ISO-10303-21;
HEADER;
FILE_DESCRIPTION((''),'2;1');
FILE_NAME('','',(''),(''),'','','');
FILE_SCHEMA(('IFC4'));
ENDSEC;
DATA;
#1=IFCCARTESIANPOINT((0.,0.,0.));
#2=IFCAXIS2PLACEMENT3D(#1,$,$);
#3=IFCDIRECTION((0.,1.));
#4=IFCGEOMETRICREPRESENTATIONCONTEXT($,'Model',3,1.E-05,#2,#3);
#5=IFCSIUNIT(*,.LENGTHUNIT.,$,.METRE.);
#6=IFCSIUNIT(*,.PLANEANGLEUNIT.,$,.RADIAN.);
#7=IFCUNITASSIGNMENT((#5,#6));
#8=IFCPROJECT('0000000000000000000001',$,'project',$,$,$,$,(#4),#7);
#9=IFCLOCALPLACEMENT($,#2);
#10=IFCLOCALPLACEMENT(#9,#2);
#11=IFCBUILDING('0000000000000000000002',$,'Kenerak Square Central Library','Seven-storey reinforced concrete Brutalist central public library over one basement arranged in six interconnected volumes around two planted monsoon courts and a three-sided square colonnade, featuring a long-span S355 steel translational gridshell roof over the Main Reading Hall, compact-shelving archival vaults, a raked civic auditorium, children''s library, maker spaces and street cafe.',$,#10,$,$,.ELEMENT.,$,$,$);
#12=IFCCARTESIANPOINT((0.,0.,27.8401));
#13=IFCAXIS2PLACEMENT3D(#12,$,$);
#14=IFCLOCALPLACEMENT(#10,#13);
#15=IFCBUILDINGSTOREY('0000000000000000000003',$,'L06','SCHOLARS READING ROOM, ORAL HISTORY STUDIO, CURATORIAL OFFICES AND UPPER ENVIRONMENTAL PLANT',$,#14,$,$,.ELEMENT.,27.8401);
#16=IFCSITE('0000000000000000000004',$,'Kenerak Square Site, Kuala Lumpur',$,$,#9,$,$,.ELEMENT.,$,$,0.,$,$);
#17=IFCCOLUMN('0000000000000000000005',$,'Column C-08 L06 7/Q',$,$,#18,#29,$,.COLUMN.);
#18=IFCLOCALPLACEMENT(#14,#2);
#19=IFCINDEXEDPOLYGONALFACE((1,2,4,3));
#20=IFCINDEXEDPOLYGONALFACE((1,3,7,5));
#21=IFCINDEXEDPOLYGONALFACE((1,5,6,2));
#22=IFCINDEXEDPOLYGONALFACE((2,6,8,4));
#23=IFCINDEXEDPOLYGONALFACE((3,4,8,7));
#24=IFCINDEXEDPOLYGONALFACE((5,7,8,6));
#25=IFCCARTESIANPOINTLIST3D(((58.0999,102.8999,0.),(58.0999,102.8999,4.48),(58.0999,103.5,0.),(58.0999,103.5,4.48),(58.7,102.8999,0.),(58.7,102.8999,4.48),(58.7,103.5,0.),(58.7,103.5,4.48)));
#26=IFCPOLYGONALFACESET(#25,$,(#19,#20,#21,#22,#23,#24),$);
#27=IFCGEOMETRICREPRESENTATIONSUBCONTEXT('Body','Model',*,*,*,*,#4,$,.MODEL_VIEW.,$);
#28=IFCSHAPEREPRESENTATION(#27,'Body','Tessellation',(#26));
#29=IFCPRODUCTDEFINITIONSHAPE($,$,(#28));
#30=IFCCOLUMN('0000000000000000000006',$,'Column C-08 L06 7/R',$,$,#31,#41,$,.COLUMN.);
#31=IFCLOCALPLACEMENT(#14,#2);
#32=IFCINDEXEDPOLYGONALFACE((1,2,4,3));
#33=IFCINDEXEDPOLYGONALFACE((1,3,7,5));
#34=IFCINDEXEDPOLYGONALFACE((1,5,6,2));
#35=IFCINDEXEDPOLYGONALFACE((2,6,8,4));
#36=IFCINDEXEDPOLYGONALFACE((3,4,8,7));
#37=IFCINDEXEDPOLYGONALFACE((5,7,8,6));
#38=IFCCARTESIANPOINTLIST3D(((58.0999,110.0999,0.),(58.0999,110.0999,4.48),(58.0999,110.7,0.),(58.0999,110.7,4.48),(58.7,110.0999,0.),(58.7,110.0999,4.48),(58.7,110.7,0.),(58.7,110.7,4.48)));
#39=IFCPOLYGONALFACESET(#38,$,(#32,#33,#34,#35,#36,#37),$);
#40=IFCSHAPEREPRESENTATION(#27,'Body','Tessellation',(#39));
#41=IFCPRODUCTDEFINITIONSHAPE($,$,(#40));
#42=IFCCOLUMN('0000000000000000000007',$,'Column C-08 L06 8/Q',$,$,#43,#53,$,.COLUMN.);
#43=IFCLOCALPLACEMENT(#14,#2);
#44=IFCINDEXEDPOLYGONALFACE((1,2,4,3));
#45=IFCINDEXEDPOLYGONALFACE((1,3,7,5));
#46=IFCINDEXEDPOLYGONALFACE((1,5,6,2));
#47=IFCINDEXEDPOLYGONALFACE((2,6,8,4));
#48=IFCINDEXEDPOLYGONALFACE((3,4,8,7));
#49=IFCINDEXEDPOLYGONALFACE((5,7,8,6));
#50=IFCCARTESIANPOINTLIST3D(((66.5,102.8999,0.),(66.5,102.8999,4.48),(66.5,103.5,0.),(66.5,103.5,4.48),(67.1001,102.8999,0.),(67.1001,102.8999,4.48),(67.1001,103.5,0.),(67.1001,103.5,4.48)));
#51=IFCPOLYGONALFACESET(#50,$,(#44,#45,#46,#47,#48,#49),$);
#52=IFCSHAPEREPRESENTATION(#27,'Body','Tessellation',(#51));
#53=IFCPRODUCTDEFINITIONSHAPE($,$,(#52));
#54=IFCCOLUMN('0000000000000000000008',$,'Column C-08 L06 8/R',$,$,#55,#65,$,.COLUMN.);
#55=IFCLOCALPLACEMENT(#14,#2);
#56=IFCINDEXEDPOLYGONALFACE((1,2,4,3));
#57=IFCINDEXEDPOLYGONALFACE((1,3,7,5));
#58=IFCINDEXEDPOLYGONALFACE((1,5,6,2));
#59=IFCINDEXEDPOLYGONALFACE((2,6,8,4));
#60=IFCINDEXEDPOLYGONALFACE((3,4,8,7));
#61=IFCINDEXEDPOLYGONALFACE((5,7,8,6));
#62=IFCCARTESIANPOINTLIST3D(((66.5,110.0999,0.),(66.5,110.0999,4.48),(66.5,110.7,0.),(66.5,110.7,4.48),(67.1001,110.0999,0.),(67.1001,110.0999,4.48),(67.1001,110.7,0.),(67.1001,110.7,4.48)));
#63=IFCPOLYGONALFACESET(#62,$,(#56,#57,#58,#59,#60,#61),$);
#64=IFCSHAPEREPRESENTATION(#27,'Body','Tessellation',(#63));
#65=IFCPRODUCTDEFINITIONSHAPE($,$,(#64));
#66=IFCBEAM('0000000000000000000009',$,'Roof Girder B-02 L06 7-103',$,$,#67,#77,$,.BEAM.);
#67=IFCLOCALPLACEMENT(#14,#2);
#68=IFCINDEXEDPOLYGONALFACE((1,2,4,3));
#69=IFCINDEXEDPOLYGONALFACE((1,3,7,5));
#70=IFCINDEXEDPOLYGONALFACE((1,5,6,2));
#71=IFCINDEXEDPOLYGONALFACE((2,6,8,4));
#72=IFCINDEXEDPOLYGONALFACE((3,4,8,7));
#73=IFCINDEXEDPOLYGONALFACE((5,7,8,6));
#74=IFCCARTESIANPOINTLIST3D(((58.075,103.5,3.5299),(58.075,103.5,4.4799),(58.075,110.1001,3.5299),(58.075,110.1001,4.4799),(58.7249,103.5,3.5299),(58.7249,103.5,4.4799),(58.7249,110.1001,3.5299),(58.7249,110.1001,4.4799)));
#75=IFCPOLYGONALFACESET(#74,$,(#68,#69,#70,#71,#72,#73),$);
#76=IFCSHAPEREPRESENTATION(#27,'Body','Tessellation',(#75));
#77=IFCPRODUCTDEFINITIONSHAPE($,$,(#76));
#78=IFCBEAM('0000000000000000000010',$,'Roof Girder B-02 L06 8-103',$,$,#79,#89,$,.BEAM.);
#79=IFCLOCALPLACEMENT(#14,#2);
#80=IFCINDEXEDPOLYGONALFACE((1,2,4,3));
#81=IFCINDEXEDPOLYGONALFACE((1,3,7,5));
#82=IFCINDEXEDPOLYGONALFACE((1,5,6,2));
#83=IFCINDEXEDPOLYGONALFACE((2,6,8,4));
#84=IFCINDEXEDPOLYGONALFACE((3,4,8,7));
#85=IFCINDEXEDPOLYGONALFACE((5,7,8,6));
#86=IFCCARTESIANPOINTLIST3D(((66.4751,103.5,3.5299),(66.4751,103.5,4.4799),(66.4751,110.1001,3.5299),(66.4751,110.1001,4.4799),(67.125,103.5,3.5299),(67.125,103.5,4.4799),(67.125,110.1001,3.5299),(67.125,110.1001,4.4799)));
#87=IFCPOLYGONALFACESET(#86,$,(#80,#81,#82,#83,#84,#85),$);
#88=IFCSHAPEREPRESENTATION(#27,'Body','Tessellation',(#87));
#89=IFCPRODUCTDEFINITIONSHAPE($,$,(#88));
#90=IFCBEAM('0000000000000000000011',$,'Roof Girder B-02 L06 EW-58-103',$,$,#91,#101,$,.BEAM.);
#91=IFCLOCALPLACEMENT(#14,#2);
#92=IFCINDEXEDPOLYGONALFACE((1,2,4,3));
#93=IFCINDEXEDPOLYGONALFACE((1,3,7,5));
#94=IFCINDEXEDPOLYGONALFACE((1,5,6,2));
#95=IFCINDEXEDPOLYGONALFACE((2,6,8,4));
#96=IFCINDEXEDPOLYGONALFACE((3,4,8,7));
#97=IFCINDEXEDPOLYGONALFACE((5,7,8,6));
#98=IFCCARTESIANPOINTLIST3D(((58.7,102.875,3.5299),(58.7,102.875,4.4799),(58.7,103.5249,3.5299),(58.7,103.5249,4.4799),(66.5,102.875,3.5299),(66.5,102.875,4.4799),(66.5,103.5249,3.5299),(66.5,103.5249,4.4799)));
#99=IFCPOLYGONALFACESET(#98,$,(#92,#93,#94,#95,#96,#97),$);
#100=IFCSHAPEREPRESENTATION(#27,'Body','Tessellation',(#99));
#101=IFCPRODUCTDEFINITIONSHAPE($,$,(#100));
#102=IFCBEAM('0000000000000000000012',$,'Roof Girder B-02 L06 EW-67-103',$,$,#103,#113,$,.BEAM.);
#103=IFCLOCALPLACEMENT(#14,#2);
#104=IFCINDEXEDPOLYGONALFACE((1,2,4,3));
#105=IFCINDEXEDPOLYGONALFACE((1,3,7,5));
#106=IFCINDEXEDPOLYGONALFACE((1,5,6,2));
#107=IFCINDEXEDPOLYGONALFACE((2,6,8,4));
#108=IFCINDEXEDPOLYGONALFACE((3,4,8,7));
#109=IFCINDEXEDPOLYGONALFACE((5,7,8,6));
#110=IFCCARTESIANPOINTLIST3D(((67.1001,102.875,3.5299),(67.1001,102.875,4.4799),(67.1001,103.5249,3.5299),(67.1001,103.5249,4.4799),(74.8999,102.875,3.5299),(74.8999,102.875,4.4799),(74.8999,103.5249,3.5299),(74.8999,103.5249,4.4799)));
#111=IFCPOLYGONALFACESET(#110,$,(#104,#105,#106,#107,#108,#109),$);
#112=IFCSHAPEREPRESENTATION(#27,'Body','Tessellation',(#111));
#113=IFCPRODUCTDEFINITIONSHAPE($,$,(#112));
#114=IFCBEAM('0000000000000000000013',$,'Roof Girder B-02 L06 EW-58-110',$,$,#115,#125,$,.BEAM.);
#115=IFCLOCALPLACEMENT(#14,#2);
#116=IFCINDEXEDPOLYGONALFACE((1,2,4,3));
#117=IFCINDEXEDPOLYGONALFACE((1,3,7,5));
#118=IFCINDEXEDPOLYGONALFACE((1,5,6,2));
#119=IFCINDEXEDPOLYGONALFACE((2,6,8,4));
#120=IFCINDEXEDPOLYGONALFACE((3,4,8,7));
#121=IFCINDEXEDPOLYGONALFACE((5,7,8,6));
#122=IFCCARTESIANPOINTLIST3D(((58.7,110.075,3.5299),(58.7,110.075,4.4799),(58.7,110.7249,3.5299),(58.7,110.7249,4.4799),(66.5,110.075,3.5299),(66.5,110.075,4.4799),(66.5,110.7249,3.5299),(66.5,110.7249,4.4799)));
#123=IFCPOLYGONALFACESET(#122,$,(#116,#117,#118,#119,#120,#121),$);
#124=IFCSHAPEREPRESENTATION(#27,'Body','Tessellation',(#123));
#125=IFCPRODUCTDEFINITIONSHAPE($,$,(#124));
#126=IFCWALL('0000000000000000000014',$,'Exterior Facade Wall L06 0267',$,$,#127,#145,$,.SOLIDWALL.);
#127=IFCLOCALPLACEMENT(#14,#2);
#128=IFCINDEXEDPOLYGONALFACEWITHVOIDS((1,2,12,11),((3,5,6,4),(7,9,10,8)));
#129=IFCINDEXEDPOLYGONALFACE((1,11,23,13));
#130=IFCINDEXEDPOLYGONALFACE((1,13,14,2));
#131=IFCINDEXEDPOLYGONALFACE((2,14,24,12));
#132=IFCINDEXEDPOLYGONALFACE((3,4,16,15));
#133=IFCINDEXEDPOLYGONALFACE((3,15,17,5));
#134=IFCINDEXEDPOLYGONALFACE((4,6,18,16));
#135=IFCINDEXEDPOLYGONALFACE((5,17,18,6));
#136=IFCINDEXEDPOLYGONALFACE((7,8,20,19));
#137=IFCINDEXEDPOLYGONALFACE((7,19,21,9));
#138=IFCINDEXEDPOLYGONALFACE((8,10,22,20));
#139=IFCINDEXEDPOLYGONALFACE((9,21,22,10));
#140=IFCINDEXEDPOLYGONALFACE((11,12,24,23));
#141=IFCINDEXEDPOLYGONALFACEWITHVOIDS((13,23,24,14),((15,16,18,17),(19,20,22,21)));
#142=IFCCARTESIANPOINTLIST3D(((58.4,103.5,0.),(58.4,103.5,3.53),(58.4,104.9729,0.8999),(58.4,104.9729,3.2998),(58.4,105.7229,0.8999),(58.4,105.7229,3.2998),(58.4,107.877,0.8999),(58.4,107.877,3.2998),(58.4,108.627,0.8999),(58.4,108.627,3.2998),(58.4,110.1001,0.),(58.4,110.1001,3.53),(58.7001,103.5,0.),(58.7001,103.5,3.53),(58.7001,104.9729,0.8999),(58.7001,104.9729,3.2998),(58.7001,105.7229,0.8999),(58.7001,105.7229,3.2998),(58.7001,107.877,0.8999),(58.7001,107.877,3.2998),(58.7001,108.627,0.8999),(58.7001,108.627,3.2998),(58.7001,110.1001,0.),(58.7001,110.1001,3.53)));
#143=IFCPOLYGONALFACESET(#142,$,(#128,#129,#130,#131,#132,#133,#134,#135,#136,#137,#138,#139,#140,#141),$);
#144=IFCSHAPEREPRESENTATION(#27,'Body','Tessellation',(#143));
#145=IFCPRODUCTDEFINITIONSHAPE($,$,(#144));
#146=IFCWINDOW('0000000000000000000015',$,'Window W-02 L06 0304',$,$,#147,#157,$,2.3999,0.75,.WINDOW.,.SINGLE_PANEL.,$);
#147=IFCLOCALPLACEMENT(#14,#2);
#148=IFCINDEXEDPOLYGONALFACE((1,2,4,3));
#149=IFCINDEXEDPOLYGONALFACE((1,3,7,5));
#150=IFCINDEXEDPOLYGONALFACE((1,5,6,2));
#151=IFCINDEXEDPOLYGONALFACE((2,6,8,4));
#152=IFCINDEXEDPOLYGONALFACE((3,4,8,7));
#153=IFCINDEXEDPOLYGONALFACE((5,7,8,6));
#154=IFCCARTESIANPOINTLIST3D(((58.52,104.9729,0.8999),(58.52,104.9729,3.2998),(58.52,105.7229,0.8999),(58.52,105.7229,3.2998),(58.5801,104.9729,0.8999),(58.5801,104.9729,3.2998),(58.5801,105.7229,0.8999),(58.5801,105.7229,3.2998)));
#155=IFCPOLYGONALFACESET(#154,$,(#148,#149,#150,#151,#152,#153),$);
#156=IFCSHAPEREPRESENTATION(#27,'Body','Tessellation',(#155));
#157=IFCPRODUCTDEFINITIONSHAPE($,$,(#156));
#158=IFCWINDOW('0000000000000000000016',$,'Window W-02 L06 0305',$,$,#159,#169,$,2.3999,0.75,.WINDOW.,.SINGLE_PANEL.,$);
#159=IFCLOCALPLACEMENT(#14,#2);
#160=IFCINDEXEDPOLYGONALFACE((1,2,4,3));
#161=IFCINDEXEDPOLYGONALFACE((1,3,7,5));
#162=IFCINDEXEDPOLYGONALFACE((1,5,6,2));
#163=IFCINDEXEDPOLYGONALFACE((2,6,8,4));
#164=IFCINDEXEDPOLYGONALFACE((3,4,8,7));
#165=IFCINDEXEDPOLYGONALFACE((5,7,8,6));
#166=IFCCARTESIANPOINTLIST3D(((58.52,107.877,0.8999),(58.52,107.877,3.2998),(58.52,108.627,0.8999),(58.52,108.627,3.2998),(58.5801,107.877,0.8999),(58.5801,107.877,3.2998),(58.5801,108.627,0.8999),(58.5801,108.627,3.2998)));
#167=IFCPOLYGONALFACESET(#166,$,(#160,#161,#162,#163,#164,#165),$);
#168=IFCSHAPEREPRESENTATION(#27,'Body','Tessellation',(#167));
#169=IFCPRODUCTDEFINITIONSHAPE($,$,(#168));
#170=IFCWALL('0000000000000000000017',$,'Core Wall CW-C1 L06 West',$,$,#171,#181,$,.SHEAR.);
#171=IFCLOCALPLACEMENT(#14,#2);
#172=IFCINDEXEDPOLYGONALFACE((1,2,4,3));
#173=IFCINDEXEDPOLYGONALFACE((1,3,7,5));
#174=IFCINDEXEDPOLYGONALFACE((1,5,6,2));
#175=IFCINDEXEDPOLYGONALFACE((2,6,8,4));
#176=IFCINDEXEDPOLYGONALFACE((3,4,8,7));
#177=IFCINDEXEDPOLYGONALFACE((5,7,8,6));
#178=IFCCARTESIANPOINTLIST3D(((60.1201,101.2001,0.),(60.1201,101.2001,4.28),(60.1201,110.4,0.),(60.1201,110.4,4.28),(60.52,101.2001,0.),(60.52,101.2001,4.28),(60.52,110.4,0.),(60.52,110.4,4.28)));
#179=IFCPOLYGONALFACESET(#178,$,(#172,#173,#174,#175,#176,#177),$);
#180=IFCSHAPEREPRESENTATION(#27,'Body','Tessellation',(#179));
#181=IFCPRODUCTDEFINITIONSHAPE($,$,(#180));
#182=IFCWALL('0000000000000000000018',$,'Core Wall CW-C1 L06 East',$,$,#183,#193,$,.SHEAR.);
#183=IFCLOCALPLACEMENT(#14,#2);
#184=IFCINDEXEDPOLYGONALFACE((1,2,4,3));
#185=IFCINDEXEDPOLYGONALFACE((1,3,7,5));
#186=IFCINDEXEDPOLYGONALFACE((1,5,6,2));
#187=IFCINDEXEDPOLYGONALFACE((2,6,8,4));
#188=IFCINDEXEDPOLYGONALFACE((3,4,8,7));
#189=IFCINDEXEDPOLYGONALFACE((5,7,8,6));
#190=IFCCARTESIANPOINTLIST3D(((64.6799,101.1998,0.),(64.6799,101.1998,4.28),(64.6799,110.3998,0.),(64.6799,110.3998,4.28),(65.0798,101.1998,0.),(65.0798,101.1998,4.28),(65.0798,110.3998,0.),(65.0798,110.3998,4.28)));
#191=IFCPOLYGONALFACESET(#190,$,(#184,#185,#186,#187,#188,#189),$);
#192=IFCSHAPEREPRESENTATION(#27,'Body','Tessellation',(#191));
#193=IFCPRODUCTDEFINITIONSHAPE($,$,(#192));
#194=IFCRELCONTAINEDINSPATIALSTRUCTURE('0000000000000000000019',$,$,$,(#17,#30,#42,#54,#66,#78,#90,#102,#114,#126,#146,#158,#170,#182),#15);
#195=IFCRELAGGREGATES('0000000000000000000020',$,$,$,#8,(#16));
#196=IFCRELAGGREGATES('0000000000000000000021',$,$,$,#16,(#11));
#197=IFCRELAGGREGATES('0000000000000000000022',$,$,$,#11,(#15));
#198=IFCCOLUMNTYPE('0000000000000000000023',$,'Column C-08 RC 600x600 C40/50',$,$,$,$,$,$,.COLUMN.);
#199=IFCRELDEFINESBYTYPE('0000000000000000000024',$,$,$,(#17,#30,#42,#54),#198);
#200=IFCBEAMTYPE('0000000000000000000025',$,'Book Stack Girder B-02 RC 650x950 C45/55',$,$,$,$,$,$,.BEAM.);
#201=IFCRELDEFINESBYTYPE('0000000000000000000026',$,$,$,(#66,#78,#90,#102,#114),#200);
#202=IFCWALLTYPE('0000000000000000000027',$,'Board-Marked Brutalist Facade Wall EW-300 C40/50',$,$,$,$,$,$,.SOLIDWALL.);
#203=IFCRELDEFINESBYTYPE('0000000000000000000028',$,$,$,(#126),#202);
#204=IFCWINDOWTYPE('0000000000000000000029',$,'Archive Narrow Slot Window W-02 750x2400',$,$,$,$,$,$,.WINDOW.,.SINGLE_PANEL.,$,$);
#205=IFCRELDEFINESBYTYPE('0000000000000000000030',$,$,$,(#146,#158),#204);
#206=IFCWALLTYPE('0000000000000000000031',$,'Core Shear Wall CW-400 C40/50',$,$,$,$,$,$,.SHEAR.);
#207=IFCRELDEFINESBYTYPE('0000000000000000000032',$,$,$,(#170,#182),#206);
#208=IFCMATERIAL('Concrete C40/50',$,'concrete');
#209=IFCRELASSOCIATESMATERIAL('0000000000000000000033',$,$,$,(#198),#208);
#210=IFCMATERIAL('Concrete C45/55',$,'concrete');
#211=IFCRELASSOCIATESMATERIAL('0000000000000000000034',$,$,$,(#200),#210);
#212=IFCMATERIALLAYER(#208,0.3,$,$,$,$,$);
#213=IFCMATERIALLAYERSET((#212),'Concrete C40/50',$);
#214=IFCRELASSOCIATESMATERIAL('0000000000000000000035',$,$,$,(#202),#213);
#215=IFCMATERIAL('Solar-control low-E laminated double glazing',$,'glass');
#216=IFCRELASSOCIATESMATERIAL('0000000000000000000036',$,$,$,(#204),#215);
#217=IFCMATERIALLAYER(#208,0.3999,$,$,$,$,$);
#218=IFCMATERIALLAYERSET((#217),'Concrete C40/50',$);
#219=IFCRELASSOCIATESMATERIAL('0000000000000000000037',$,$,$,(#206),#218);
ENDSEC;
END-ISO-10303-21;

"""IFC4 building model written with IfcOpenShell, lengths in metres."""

from ifc_helpers import new_model, si_unit, direction, frame, frame_2d, origin, origin_2d, place, context, subcontext, project, spatial, rectangle, extrude, material, layer, layer_set, material_profile, profile_set, type_object, element, fill, save


model = new_model("IFC4")

# Units and contexts
model_context = context("Model", 3, precision=1e-05, world=origin(), true_north=direction((0.0, 1.0)))
body_context = subcontext(model_context, "Body", "Model", "MODEL_VIEW")
ifc_project = project(units=[si_unit("LENGTHUNIT", "METRE"), si_unit("PLANEANGLEUNIT", "RADIAN")], contexts=[model_context])

# Site, building, storey
site_placement = place(None, origin())
site = spatial("IfcSite", under=ifc_project, at=site_placement, Name="Kenerak Square Site, Kuala Lumpur", CompositionType="ELEMENT", RefElevation=0.0)
building_placement = place(site_placement, origin())
building = spatial("IfcBuilding", under=site, at=building_placement, Name="Kenerak Square Central Library", Description="Seven-storey reinforced concrete Brutalist central public library over one basement arranged in six interconnected volumes around two planted monsoon courts and a three-sided square colonnade, featuring a long-span S355 steel translational gridshell roof over the Main Reading Hall, compact-shelving archival vaults, a raked civic auditorium, children's library, maker spaces and street cafe.", CompositionType="ELEMENT")
storey_placement = place(building_placement, frame((0.0, 0.0, 27.8401)))
storey = spatial("IfcBuildingStorey", under=building, at=storey_placement, Name="L06", Description="SCHOLARS READING ROOM, ORAL HISTORY STUDIO, CURATORIAL OFFICES AND UPPER ENVIRONMENTAL PLANT", CompositionType="ELEMENT", Elevation=27.8401)

# Columns
ifc_material_1 = material(Name="Concrete C40/50", Category="concrete")
ifc_material_profile_1 = material_profile(ifc_material_1, rectangle(XDim=0.6001, YDim=0.6001, at=origin_2d()), Name="RC 600x600")
ifc_profile_set_1 = profile_set([ifc_material_profile_1], Name="Concrete C40/50")
column_type = type_object("IfcColumnType", Name="Column C-08 RC 600x600 C40/50", PredefinedType="COLUMN", material=ifc_profile_set_1)
for number, where, z_axis, x_axis, name in (
    (1, (58.3999, 103.2, 0.0), (0.0, 0.0, 1.0), (1.0, 0.0, 0.0), "Column C-08 L06 7/Q"),
    (2, (58.3999, 110.3999, 0.0), (0.0, 0.0, 1.0), (1.0, 0.0, 0.0), "Column C-08 L06 7/R"),
    (3, (66.8, 103.2, 0.0), (0.0, 0.0, 1.0), (1.0, 0.0, 0.0), "Column C-08 L06 8/Q"),
    (4, (66.8, 110.3999, 0.0), (0.0, 0.0, 1.0), (1.0, 0.0, 0.0), "Column C-08 L06 8/R"),
):
    element("IfcColumn", number, at=place(storey_placement, frame(where, z_axis=z_axis, x_axis=x_axis)), inside=storey, type_object=column_type, Name=name, PredefinedType="COLUMN", context=body_context, shape_type="SweptSolid", body=[
        extrude(rectangle(XDim=0.6001, YDim=0.6001, at=origin_2d()), origin(), (0.0, 0.0, 1.0), 4.48),
    ])

# Beams
ifc_material_2 = material(Name="Concrete C45/55", Category="concrete")
ifc_material_profile_2 = material_profile(ifc_material_2, rectangle(XDim=0.6499, YDim=0.95, at=origin_2d()), Name="RC 650x950")
ifc_profile_set_2 = profile_set([ifc_material_profile_2], Name="Concrete C45/55")
beam_type = type_object("IfcBeamType", Name="Book Stack Girder B-02 RC 650x950 C45/55", PredefinedType="BEAM", material=ifc_profile_set_2)
for number, where, z_axis, x_axis, name in (
    (5, (58.3999, 103.5, 4.0049), (0.0, 1.0, 0.0), (-1.0, 0.0, 0.0), "Roof Girder B-02 L06 7-103"),
    (6, (66.8, 103.5, 4.0049), (0.0, 1.0, 0.0), (-1.0, 0.0, 0.0), "Roof Girder B-02 L06 8-103"),
):
    element("IfcBeam", number, at=place(storey_placement, frame(where, z_axis=z_axis, x_axis=x_axis)), inside=storey, type_object=beam_type, Name=name, PredefinedType="BEAM", context=body_context, shape_type="SweptSolid", body=[
        extrude(rectangle(XDim=0.6499, YDim=0.95, at=origin_2d()), origin(), (0.0, 0.0, 1.0), 6.6001),
    ])
beam_1_placement = place(storey_placement, frame((58.7, 103.2, 4.0049), z_axis=(1.0, 0.0, 0.0), x_axis=(0.0, 1.0, 0.0)))
element("IfcBeam", 7, at=beam_1_placement, inside=storey, type_object=beam_type, Name="Roof Girder B-02 L06 EW-58-103", PredefinedType="BEAM", context=body_context, shape_type="SweptSolid", body=[
    extrude(rectangle(XDim=0.6499, YDim=0.95, at=origin_2d()), origin(), (0.0, 0.0, 1.0), 7.8),
])
beam_2_placement = place(storey_placement, frame((67.1001, 103.2, 4.0049), z_axis=(1.0, 0.0, 0.0), x_axis=(0.0, 1.0, 0.0)))
element("IfcBeam", 8, at=beam_2_placement, inside=storey, type_object=beam_type, Name="Roof Girder B-02 L06 EW-67-103", PredefinedType="BEAM", context=body_context, shape_type="SweptSolid", body=[
    extrude(rectangle(XDim=0.6499, YDim=0.95, at=origin_2d()), origin(), (0.0, 0.0, 1.0), 7.7998),
])
beam_3_placement = place(storey_placement, frame((58.7, 110.3999, 4.0049), z_axis=(1.0, 0.0, 0.0), x_axis=(0.0, 1.0, 0.0)))
element("IfcBeam", 9, at=beam_3_placement, inside=storey, type_object=beam_type, Name="Roof Girder B-02 L06 EW-58-110", PredefinedType="BEAM", context=body_context, shape_type="SweptSolid", body=[
    extrude(rectangle(XDim=0.6499, YDim=0.95, at=origin_2d()), origin(), (0.0, 0.0, 1.0), 7.8),
])

# Wall, openings, windows
ifc_layer_1 = layer(ifc_material_1, 0.3)
ifc_layer_set_1 = layer_set([ifc_layer_1], Name="Concrete C40/50")
wall_type_1 = type_object("IfcWallType", Name="Board-Marked Brutalist Facade Wall EW-300 C40/50", PredefinedType="SOLIDWALL", material=ifc_layer_set_1)
wall_1_placement = place(storey_placement, frame((58.55, 103.5, 0.0), z_axis=(0.0, 0.0, 1.0), x_axis=(0.0, 1.0, 0.0)))
wall_1 = element("IfcWall", 10, at=wall_1_placement, inside=storey, type_object=wall_type_1, Name="Exterior Facade Wall L06 0267", PredefinedType="SOLIDWALL", context=body_context, shape_type="SweptSolid", body=[
    extrude(rectangle(XDim=6.6001, YDim=0.3, at=frame_2d((3.3, 0.0))), origin(), (0.0, 0.0, 1.0), 3.53),
])
opening_1_placement = place(wall_1_placement, frame((1.4729, 0.0, 0.8999)))
opening_1 = element("IfcOpeningElement", 11, at=opening_1_placement, cuts=wall_1, PredefinedType="OPENING", context=body_context, shape_type="SweptSolid", body=[
    extrude(rectangle(XDim=0.75, YDim=2.3999, at=frame_2d((0.375, 1.2))), frame((0.0, 0.1599, 0.0), z_axis=(0.0, -1.0, 0.0), x_axis=(1.0, 0.0, 0.0)), (0.0, 0.0, 1.0), 0.3201),
])
opening_2_placement = place(wall_1_placement, frame((4.377, 0.0, 0.8999)))
opening_2 = element("IfcOpeningElement", 12, at=opening_2_placement, cuts=wall_1, PredefinedType="OPENING", context=body_context, shape_type="SweptSolid", body=[
    extrude(rectangle(XDim=0.75, YDim=2.3999, at=frame_2d((0.375, 1.2))), frame((0.0, 0.1599, 0.0), z_axis=(0.0, -1.0, 0.0), x_axis=(1.0, 0.0, 0.0)), (0.0, 0.0, 1.0), 0.3201),
])
ifc_material_3 = material(Name="Solar-control low-E laminated double glazing", Category="glass")
window_type = type_object("IfcWindowType", Name="Archive Narrow Slot Window W-02 750x2400", PartitioningType="SINGLE_PANEL", PredefinedType="WINDOW", material=ifc_material_3)
window_1_placement = place(opening_1_placement, origin())
window_1 = element("IfcWindow", 13, at=window_1_placement, inside=storey, type_object=window_type, Name="Window W-02 L06 0304", OverallHeight=2.3999, OverallWidth=0.75, PartitioningType="SINGLE_PANEL", PredefinedType="WINDOW", context=body_context, shape_type="SweptSolid", body=[
    extrude(rectangle(XDim=0.75, YDim=2.3999, at=frame_2d((0.375, 1.2))), frame((0.0, 0.03, 0.0), z_axis=(0.0, -1.0, 0.0), x_axis=(1.0, 0.0, 0.0)), (0.0, 0.0, 1.0), 0.0601),
])
fill(opening_1, window_1)
window_2_placement = place(opening_2_placement, origin())
window_2 = element("IfcWindow", 14, at=window_2_placement, inside=storey, type_object=window_type, Name="Window W-02 L06 0305", OverallHeight=2.3999, OverallWidth=0.75, PartitioningType="SINGLE_PANEL", PredefinedType="WINDOW", context=body_context, shape_type="SweptSolid", body=[
    extrude(rectangle(XDim=0.75, YDim=2.3999, at=frame_2d((0.375, 1.2))), frame((0.0, 0.03, 0.0), z_axis=(0.0, -1.0, 0.0), x_axis=(1.0, 0.0, 0.0)), (0.0, 0.0, 1.0), 0.0601),
])
fill(opening_2, window_2)

# Walls
ifc_layer_2 = layer(ifc_material_1, 0.3999)
ifc_layer_set_2 = layer_set([ifc_layer_2], Name="Concrete C40/50")
wall_type_2 = type_object("IfcWallType", Name="Core Shear Wall CW-400 C40/50", PredefinedType="SHEAR", material=ifc_layer_set_2)
for number, where, z_axis, x_axis, name in (
    (15, (60.3201, 101.2, 0.0), (0.0, 0.0, 1.0), (0.0, 1.0, 0.0), "Core Wall CW-C1 L06 West"),
    (16, (64.8799, 110.3999, 0.0), (0.0, 0.0, 1.0), (0.0, -1.0, 0.0), "Core Wall CW-C1 L06 East"),
):
    element("IfcWall", number, at=place(storey_placement, frame(where, z_axis=z_axis, x_axis=x_axis)), inside=storey, type_object=wall_type_2, Name=name, PredefinedType="SHEAR", context=body_context, shape_type="SweptSolid", body=[
        extrude(rectangle(XDim=9.2, YDim=0.3999, at=frame_2d((4.6001, 0.0))), origin(), (0.0, 0.0, 1.0), 4.28),
    ])

save(model, "model.ifc")
